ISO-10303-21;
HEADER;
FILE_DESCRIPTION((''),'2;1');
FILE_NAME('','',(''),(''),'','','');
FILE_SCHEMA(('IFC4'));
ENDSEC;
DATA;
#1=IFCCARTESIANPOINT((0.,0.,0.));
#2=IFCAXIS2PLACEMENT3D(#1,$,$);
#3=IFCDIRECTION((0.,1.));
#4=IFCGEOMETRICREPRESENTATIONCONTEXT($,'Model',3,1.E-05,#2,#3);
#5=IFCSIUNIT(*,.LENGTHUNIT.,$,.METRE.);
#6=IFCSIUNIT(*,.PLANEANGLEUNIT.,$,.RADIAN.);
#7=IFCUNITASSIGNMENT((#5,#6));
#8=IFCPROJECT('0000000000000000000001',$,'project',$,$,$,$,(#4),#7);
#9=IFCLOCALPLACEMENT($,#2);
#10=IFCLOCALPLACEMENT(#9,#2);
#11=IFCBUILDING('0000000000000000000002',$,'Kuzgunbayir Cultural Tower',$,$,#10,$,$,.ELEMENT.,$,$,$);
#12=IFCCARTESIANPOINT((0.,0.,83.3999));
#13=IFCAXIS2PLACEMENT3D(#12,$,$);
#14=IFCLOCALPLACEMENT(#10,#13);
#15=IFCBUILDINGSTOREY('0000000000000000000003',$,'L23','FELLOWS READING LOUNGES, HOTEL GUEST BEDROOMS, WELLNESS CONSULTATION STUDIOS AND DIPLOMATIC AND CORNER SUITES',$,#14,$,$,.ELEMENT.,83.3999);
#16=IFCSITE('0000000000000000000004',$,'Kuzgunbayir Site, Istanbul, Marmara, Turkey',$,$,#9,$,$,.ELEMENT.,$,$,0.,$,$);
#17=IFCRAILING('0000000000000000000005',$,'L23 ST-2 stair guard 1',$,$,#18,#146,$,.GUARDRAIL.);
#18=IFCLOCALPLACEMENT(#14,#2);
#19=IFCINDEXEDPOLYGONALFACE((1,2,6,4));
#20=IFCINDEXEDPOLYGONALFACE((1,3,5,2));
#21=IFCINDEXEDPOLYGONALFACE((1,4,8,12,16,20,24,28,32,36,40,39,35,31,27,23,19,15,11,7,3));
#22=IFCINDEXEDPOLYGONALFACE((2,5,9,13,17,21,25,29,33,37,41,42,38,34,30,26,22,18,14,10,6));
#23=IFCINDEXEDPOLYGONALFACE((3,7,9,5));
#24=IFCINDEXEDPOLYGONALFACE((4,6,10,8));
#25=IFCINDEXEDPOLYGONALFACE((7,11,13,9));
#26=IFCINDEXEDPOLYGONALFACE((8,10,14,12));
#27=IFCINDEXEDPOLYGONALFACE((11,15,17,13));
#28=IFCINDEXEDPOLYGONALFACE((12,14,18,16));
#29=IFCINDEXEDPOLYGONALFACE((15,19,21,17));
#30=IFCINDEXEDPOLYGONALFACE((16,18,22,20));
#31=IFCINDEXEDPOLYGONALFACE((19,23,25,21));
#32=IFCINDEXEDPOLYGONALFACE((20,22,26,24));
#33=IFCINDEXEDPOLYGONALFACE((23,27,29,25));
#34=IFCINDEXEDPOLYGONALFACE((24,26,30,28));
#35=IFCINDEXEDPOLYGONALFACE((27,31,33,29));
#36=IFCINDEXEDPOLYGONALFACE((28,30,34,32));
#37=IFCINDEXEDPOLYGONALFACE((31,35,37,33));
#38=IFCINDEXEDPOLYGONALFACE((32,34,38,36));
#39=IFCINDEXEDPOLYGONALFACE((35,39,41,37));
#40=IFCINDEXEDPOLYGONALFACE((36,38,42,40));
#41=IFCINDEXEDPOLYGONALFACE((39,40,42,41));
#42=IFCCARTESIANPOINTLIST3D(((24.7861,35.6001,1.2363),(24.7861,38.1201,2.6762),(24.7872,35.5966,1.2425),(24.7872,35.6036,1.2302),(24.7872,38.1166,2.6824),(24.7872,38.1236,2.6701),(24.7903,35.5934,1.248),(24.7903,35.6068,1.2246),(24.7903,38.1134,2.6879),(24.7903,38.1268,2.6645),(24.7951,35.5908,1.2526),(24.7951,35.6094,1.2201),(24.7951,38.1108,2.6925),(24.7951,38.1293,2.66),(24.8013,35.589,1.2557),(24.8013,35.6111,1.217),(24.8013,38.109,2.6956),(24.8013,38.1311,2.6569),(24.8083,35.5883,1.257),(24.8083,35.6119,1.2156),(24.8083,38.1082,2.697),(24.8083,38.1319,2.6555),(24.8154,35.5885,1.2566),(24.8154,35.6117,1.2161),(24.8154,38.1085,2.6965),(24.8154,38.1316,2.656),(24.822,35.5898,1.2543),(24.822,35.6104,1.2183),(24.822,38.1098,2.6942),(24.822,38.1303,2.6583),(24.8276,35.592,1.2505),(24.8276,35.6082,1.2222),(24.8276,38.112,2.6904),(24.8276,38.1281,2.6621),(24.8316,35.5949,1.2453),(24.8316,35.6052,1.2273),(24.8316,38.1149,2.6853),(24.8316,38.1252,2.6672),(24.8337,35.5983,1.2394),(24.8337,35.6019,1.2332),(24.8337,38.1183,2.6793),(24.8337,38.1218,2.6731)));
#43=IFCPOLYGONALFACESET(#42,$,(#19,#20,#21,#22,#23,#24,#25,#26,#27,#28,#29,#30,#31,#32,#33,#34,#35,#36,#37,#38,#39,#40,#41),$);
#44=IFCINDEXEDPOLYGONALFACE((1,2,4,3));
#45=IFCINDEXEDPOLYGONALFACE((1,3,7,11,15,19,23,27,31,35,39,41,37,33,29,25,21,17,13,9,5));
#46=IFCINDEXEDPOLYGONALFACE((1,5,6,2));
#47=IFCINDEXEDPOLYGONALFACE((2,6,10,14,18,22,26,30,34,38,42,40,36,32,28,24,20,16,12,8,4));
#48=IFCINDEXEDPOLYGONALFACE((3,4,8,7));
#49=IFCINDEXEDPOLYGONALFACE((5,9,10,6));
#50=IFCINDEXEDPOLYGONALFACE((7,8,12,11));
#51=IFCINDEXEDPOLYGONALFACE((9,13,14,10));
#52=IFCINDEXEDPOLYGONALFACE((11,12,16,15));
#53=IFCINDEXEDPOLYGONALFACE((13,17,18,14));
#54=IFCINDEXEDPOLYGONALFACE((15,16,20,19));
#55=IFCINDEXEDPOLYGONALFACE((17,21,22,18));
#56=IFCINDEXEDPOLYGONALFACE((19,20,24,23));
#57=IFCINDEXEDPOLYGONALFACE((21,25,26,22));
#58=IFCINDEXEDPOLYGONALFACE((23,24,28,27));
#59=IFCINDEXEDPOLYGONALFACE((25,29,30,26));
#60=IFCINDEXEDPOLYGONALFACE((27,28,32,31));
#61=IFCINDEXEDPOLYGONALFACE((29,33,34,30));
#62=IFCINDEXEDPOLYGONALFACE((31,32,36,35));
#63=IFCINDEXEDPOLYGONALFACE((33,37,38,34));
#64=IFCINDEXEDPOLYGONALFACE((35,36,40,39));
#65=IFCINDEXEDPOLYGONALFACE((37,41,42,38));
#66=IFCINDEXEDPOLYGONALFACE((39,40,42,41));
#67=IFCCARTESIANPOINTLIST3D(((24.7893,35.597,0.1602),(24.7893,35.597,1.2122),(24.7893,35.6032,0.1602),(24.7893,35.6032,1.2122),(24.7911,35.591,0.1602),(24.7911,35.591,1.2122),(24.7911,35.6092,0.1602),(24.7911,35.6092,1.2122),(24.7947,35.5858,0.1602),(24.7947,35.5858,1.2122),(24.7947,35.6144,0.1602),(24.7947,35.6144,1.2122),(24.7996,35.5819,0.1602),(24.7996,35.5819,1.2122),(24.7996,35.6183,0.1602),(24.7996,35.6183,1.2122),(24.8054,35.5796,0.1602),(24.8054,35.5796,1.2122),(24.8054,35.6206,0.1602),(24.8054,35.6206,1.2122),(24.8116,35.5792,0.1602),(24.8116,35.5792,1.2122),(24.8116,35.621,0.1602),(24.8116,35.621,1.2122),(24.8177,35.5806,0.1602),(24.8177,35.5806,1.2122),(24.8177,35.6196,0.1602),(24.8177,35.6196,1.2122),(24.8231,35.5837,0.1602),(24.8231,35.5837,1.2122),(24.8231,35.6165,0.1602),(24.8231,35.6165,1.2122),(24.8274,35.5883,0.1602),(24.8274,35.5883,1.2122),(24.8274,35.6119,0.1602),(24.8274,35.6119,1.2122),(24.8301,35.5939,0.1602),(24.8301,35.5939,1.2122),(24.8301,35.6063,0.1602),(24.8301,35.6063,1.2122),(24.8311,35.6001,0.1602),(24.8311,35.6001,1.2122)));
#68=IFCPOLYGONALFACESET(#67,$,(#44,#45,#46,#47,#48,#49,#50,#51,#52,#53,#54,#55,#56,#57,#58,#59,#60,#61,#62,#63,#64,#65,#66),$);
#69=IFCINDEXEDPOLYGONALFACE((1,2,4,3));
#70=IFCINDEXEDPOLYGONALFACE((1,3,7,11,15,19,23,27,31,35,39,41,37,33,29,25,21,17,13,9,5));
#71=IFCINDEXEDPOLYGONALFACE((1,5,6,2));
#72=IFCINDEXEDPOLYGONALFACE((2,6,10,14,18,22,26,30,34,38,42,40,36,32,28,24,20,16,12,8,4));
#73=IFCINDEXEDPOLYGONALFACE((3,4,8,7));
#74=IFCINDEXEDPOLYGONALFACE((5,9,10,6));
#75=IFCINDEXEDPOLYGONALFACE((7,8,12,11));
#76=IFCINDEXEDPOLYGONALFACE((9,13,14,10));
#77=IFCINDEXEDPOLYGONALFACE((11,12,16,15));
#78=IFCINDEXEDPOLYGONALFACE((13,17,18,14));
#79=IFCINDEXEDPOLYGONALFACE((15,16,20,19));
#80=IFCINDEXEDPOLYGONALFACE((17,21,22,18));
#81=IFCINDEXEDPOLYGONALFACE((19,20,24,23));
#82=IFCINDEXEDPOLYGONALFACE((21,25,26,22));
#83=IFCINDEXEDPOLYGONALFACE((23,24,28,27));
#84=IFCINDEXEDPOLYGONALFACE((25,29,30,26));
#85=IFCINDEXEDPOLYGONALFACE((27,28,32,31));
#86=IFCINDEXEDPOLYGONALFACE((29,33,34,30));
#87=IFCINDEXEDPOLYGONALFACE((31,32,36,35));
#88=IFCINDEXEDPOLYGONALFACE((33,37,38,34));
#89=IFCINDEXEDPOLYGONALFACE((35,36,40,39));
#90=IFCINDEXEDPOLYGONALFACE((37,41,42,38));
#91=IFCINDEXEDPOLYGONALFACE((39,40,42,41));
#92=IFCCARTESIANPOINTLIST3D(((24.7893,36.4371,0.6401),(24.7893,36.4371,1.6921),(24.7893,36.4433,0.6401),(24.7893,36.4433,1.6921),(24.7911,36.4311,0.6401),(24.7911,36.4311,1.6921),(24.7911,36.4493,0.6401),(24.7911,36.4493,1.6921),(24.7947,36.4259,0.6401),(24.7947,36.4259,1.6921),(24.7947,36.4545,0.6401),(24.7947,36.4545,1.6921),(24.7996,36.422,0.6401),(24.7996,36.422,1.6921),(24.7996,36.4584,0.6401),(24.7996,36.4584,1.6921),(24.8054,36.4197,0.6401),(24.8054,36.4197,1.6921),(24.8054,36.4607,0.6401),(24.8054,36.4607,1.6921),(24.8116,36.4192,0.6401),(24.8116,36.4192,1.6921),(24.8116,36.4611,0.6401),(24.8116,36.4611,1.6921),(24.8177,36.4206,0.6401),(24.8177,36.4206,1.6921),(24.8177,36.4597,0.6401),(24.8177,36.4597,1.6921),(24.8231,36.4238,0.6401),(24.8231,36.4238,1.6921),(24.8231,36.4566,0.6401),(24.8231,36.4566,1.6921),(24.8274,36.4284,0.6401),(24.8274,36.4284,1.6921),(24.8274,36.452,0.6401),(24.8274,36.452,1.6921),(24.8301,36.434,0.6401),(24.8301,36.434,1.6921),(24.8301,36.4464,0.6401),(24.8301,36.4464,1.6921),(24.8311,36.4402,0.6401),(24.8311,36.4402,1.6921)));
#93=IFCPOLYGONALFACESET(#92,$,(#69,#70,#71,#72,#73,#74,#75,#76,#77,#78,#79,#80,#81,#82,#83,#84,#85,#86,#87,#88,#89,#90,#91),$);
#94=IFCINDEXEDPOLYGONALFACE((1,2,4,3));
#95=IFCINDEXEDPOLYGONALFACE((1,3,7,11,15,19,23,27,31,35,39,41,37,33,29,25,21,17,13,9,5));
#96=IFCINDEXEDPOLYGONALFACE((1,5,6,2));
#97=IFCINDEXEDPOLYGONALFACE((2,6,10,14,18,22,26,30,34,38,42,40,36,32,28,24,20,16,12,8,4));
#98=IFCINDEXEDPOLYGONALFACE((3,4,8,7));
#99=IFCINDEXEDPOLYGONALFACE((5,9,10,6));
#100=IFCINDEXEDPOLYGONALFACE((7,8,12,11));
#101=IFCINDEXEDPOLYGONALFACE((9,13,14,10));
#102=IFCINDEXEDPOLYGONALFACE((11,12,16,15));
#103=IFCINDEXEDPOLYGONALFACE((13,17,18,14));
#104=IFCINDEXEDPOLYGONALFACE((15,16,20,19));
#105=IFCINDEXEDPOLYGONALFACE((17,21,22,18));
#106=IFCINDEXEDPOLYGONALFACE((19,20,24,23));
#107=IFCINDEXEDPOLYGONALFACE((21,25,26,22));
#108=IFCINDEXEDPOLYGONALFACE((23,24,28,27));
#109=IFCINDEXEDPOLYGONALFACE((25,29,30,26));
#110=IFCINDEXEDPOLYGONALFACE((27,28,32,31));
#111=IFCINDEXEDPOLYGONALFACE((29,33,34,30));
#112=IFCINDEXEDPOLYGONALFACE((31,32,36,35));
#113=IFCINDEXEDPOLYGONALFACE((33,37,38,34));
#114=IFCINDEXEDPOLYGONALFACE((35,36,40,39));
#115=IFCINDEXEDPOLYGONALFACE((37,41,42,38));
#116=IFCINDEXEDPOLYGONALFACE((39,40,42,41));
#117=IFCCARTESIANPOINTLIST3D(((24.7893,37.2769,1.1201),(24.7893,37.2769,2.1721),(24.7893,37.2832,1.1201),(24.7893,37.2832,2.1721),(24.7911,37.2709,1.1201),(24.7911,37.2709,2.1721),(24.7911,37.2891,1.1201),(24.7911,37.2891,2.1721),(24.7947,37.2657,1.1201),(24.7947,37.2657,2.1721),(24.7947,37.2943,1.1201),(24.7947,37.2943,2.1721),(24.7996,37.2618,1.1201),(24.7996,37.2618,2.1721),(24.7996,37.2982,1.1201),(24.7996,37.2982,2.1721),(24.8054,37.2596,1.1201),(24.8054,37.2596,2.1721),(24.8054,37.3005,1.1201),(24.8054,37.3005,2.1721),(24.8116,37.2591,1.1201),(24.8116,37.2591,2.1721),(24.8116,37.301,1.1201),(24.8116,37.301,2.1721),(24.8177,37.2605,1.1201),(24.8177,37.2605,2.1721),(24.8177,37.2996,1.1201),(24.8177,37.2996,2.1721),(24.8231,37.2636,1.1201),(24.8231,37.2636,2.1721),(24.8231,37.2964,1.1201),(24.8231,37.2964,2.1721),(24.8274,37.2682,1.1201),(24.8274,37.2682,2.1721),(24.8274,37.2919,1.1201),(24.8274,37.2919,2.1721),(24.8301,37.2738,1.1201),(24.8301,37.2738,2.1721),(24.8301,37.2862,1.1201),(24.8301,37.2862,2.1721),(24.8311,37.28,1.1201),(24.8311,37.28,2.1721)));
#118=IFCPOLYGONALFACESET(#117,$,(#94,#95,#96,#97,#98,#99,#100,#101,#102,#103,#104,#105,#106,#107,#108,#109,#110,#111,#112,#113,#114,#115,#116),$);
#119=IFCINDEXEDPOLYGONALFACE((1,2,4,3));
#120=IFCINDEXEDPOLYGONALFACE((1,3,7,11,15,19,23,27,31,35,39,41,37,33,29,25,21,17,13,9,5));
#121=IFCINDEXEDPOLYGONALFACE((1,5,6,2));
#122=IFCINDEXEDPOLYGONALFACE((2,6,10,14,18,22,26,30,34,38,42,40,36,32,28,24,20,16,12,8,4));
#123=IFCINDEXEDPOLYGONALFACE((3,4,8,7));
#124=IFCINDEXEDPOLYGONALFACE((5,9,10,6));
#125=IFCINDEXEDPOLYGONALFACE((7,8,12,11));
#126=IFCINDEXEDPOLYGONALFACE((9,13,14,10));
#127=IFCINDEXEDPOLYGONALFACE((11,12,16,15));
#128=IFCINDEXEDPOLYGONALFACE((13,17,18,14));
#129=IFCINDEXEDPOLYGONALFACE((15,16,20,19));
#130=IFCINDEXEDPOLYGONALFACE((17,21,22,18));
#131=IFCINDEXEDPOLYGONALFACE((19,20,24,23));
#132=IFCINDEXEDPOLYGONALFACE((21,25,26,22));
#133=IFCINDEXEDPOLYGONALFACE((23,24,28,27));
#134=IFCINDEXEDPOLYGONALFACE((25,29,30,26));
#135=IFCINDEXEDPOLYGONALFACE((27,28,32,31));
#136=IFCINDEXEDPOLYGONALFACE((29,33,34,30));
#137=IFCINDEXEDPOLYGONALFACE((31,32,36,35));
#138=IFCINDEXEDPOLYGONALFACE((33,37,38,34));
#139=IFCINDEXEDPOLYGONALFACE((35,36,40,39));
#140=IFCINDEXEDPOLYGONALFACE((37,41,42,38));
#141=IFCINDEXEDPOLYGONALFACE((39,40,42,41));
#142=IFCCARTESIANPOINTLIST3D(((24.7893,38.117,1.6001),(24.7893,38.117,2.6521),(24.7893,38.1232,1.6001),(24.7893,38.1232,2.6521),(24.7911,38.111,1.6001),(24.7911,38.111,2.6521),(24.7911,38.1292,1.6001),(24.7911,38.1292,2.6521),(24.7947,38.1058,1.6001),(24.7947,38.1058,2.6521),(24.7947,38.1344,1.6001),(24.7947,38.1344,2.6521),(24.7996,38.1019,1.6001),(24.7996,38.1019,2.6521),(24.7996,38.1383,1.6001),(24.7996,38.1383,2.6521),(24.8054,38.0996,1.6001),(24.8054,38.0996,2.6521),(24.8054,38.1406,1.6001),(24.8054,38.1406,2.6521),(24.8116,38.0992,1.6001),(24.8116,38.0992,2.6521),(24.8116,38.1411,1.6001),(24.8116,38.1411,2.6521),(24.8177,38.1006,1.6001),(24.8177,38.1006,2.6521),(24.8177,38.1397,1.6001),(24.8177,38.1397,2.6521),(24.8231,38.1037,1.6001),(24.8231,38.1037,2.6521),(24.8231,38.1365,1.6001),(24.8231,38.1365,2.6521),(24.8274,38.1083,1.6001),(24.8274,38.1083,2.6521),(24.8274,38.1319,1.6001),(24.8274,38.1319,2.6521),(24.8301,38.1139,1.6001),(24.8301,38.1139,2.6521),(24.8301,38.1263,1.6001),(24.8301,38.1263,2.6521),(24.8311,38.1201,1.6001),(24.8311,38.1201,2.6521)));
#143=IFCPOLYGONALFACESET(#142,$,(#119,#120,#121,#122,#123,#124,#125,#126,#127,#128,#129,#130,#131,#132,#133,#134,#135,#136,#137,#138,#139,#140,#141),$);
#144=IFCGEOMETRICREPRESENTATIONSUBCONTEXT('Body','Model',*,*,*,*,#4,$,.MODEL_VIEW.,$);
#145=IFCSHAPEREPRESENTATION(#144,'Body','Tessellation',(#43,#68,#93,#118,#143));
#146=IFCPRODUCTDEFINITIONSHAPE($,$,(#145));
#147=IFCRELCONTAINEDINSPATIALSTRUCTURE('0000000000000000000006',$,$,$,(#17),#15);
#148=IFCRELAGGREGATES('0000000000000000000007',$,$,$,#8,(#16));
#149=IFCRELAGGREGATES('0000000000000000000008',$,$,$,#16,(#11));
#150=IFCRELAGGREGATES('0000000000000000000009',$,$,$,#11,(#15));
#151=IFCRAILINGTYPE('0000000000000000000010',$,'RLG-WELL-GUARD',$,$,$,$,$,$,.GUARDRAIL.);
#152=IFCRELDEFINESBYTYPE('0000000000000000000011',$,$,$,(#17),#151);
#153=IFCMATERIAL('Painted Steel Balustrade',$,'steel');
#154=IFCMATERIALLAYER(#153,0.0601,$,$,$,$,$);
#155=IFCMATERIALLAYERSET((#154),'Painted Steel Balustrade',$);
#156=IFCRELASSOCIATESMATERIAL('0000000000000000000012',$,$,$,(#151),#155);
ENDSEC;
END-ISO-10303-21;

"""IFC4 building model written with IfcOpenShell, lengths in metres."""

from ifc_helpers import new_model, si_unit, direction, frame, origin, origin_2d, place, context, subcontext, project, spatial, circle, extrude, material, layer, layer_set, type_object, element, save


model = new_model("IFC4")

# Units and contexts
model_context = context("Model", 3, precision=1e-05, world=origin(), true_north=direction((0.0, 1.0)))
body_context = subcontext(model_context, "Body", "Model", "MODEL_VIEW")
ifc_project = project(units=[si_unit("LENGTHUNIT", "METRE"), si_unit("PLANEANGLEUNIT", "RADIAN")], contexts=[model_context])

# Site, building, storey
site_placement = place(None, origin())
site = spatial("IfcSite", under=ifc_project, at=site_placement, Name="Kuzgunbayir Site, Istanbul, Marmara, Turkey", CompositionType="ELEMENT", RefElevation=0.0)
building_placement = place(site_placement, origin())
building = spatial("IfcBuilding", under=site, at=building_placement, Name="Kuzgunbayir Cultural Tower", CompositionType="ELEMENT")
storey_placement = place(building_placement, frame((0.0, 0.0, 83.3999)))
storey = spatial("IfcBuildingStorey", under=building, at=storey_placement, Name="L23", Description="FELLOWS READING LOUNGES, HOTEL GUEST BEDROOMS, WELLNESS CONSULTATION STUDIOS AND DIPLOMATIC AND CORNER SUITES", CompositionType="ELEMENT", Elevation=83.3999)

# Railing
ifc_material_1 = material(Name="Painted Steel Balustrade", Category="steel")
ifc_layer_1 = layer(ifc_material_1, 0.0601)
ifc_layer_set_1 = layer_set([ifc_layer_1], Name="Painted Steel Balustrade")
railing_type_1 = type_object("IfcRailingType", Name="RLG-WELL-GUARD", PredefinedType="GUARDRAIL", material=ifc_layer_set_1)
railing_1_placement = place(storey_placement, frame((24.8101, 35.6001, 0.1602)))
element("IfcRailing", 1, at=railing_1_placement, inside=storey, type_object=railing_type_1, Name="L23 ST-2 stair guard 1", PredefinedType="GUARDRAIL", context=body_context, shape_type="SweptSolid", body=[
    extrude(circle(Radius=0.0239, at=origin_2d()), frame((0.0, 0.0, 1.0762), z_axis=(0.0, 0.868253, 0.496121), x_axis=(-1.0, 0.0, 0.0)), (0.0, 0.0, 1.0), 2.9023),
    extrude(circle(Radius=0.021, at=origin_2d()), origin(), (0.0, 0.0, 1.0), 1.052),
    extrude(circle(Radius=0.021, at=origin_2d()), frame((0.0, 0.8401, 0.48)), (0.0, 0.0, 1.0), 1.052),
    extrude(circle(Radius=0.021, at=origin_2d()), frame((0.0, 1.6799, 0.96)), (0.0, 0.0, 1.0), 1.052),
    extrude(circle(Radius=0.021, at=origin_2d()), frame((0.0, 2.52, 1.4399)), (0.0, 0.0, 1.0), 1.052),
])

save(model, "model.ifc")
